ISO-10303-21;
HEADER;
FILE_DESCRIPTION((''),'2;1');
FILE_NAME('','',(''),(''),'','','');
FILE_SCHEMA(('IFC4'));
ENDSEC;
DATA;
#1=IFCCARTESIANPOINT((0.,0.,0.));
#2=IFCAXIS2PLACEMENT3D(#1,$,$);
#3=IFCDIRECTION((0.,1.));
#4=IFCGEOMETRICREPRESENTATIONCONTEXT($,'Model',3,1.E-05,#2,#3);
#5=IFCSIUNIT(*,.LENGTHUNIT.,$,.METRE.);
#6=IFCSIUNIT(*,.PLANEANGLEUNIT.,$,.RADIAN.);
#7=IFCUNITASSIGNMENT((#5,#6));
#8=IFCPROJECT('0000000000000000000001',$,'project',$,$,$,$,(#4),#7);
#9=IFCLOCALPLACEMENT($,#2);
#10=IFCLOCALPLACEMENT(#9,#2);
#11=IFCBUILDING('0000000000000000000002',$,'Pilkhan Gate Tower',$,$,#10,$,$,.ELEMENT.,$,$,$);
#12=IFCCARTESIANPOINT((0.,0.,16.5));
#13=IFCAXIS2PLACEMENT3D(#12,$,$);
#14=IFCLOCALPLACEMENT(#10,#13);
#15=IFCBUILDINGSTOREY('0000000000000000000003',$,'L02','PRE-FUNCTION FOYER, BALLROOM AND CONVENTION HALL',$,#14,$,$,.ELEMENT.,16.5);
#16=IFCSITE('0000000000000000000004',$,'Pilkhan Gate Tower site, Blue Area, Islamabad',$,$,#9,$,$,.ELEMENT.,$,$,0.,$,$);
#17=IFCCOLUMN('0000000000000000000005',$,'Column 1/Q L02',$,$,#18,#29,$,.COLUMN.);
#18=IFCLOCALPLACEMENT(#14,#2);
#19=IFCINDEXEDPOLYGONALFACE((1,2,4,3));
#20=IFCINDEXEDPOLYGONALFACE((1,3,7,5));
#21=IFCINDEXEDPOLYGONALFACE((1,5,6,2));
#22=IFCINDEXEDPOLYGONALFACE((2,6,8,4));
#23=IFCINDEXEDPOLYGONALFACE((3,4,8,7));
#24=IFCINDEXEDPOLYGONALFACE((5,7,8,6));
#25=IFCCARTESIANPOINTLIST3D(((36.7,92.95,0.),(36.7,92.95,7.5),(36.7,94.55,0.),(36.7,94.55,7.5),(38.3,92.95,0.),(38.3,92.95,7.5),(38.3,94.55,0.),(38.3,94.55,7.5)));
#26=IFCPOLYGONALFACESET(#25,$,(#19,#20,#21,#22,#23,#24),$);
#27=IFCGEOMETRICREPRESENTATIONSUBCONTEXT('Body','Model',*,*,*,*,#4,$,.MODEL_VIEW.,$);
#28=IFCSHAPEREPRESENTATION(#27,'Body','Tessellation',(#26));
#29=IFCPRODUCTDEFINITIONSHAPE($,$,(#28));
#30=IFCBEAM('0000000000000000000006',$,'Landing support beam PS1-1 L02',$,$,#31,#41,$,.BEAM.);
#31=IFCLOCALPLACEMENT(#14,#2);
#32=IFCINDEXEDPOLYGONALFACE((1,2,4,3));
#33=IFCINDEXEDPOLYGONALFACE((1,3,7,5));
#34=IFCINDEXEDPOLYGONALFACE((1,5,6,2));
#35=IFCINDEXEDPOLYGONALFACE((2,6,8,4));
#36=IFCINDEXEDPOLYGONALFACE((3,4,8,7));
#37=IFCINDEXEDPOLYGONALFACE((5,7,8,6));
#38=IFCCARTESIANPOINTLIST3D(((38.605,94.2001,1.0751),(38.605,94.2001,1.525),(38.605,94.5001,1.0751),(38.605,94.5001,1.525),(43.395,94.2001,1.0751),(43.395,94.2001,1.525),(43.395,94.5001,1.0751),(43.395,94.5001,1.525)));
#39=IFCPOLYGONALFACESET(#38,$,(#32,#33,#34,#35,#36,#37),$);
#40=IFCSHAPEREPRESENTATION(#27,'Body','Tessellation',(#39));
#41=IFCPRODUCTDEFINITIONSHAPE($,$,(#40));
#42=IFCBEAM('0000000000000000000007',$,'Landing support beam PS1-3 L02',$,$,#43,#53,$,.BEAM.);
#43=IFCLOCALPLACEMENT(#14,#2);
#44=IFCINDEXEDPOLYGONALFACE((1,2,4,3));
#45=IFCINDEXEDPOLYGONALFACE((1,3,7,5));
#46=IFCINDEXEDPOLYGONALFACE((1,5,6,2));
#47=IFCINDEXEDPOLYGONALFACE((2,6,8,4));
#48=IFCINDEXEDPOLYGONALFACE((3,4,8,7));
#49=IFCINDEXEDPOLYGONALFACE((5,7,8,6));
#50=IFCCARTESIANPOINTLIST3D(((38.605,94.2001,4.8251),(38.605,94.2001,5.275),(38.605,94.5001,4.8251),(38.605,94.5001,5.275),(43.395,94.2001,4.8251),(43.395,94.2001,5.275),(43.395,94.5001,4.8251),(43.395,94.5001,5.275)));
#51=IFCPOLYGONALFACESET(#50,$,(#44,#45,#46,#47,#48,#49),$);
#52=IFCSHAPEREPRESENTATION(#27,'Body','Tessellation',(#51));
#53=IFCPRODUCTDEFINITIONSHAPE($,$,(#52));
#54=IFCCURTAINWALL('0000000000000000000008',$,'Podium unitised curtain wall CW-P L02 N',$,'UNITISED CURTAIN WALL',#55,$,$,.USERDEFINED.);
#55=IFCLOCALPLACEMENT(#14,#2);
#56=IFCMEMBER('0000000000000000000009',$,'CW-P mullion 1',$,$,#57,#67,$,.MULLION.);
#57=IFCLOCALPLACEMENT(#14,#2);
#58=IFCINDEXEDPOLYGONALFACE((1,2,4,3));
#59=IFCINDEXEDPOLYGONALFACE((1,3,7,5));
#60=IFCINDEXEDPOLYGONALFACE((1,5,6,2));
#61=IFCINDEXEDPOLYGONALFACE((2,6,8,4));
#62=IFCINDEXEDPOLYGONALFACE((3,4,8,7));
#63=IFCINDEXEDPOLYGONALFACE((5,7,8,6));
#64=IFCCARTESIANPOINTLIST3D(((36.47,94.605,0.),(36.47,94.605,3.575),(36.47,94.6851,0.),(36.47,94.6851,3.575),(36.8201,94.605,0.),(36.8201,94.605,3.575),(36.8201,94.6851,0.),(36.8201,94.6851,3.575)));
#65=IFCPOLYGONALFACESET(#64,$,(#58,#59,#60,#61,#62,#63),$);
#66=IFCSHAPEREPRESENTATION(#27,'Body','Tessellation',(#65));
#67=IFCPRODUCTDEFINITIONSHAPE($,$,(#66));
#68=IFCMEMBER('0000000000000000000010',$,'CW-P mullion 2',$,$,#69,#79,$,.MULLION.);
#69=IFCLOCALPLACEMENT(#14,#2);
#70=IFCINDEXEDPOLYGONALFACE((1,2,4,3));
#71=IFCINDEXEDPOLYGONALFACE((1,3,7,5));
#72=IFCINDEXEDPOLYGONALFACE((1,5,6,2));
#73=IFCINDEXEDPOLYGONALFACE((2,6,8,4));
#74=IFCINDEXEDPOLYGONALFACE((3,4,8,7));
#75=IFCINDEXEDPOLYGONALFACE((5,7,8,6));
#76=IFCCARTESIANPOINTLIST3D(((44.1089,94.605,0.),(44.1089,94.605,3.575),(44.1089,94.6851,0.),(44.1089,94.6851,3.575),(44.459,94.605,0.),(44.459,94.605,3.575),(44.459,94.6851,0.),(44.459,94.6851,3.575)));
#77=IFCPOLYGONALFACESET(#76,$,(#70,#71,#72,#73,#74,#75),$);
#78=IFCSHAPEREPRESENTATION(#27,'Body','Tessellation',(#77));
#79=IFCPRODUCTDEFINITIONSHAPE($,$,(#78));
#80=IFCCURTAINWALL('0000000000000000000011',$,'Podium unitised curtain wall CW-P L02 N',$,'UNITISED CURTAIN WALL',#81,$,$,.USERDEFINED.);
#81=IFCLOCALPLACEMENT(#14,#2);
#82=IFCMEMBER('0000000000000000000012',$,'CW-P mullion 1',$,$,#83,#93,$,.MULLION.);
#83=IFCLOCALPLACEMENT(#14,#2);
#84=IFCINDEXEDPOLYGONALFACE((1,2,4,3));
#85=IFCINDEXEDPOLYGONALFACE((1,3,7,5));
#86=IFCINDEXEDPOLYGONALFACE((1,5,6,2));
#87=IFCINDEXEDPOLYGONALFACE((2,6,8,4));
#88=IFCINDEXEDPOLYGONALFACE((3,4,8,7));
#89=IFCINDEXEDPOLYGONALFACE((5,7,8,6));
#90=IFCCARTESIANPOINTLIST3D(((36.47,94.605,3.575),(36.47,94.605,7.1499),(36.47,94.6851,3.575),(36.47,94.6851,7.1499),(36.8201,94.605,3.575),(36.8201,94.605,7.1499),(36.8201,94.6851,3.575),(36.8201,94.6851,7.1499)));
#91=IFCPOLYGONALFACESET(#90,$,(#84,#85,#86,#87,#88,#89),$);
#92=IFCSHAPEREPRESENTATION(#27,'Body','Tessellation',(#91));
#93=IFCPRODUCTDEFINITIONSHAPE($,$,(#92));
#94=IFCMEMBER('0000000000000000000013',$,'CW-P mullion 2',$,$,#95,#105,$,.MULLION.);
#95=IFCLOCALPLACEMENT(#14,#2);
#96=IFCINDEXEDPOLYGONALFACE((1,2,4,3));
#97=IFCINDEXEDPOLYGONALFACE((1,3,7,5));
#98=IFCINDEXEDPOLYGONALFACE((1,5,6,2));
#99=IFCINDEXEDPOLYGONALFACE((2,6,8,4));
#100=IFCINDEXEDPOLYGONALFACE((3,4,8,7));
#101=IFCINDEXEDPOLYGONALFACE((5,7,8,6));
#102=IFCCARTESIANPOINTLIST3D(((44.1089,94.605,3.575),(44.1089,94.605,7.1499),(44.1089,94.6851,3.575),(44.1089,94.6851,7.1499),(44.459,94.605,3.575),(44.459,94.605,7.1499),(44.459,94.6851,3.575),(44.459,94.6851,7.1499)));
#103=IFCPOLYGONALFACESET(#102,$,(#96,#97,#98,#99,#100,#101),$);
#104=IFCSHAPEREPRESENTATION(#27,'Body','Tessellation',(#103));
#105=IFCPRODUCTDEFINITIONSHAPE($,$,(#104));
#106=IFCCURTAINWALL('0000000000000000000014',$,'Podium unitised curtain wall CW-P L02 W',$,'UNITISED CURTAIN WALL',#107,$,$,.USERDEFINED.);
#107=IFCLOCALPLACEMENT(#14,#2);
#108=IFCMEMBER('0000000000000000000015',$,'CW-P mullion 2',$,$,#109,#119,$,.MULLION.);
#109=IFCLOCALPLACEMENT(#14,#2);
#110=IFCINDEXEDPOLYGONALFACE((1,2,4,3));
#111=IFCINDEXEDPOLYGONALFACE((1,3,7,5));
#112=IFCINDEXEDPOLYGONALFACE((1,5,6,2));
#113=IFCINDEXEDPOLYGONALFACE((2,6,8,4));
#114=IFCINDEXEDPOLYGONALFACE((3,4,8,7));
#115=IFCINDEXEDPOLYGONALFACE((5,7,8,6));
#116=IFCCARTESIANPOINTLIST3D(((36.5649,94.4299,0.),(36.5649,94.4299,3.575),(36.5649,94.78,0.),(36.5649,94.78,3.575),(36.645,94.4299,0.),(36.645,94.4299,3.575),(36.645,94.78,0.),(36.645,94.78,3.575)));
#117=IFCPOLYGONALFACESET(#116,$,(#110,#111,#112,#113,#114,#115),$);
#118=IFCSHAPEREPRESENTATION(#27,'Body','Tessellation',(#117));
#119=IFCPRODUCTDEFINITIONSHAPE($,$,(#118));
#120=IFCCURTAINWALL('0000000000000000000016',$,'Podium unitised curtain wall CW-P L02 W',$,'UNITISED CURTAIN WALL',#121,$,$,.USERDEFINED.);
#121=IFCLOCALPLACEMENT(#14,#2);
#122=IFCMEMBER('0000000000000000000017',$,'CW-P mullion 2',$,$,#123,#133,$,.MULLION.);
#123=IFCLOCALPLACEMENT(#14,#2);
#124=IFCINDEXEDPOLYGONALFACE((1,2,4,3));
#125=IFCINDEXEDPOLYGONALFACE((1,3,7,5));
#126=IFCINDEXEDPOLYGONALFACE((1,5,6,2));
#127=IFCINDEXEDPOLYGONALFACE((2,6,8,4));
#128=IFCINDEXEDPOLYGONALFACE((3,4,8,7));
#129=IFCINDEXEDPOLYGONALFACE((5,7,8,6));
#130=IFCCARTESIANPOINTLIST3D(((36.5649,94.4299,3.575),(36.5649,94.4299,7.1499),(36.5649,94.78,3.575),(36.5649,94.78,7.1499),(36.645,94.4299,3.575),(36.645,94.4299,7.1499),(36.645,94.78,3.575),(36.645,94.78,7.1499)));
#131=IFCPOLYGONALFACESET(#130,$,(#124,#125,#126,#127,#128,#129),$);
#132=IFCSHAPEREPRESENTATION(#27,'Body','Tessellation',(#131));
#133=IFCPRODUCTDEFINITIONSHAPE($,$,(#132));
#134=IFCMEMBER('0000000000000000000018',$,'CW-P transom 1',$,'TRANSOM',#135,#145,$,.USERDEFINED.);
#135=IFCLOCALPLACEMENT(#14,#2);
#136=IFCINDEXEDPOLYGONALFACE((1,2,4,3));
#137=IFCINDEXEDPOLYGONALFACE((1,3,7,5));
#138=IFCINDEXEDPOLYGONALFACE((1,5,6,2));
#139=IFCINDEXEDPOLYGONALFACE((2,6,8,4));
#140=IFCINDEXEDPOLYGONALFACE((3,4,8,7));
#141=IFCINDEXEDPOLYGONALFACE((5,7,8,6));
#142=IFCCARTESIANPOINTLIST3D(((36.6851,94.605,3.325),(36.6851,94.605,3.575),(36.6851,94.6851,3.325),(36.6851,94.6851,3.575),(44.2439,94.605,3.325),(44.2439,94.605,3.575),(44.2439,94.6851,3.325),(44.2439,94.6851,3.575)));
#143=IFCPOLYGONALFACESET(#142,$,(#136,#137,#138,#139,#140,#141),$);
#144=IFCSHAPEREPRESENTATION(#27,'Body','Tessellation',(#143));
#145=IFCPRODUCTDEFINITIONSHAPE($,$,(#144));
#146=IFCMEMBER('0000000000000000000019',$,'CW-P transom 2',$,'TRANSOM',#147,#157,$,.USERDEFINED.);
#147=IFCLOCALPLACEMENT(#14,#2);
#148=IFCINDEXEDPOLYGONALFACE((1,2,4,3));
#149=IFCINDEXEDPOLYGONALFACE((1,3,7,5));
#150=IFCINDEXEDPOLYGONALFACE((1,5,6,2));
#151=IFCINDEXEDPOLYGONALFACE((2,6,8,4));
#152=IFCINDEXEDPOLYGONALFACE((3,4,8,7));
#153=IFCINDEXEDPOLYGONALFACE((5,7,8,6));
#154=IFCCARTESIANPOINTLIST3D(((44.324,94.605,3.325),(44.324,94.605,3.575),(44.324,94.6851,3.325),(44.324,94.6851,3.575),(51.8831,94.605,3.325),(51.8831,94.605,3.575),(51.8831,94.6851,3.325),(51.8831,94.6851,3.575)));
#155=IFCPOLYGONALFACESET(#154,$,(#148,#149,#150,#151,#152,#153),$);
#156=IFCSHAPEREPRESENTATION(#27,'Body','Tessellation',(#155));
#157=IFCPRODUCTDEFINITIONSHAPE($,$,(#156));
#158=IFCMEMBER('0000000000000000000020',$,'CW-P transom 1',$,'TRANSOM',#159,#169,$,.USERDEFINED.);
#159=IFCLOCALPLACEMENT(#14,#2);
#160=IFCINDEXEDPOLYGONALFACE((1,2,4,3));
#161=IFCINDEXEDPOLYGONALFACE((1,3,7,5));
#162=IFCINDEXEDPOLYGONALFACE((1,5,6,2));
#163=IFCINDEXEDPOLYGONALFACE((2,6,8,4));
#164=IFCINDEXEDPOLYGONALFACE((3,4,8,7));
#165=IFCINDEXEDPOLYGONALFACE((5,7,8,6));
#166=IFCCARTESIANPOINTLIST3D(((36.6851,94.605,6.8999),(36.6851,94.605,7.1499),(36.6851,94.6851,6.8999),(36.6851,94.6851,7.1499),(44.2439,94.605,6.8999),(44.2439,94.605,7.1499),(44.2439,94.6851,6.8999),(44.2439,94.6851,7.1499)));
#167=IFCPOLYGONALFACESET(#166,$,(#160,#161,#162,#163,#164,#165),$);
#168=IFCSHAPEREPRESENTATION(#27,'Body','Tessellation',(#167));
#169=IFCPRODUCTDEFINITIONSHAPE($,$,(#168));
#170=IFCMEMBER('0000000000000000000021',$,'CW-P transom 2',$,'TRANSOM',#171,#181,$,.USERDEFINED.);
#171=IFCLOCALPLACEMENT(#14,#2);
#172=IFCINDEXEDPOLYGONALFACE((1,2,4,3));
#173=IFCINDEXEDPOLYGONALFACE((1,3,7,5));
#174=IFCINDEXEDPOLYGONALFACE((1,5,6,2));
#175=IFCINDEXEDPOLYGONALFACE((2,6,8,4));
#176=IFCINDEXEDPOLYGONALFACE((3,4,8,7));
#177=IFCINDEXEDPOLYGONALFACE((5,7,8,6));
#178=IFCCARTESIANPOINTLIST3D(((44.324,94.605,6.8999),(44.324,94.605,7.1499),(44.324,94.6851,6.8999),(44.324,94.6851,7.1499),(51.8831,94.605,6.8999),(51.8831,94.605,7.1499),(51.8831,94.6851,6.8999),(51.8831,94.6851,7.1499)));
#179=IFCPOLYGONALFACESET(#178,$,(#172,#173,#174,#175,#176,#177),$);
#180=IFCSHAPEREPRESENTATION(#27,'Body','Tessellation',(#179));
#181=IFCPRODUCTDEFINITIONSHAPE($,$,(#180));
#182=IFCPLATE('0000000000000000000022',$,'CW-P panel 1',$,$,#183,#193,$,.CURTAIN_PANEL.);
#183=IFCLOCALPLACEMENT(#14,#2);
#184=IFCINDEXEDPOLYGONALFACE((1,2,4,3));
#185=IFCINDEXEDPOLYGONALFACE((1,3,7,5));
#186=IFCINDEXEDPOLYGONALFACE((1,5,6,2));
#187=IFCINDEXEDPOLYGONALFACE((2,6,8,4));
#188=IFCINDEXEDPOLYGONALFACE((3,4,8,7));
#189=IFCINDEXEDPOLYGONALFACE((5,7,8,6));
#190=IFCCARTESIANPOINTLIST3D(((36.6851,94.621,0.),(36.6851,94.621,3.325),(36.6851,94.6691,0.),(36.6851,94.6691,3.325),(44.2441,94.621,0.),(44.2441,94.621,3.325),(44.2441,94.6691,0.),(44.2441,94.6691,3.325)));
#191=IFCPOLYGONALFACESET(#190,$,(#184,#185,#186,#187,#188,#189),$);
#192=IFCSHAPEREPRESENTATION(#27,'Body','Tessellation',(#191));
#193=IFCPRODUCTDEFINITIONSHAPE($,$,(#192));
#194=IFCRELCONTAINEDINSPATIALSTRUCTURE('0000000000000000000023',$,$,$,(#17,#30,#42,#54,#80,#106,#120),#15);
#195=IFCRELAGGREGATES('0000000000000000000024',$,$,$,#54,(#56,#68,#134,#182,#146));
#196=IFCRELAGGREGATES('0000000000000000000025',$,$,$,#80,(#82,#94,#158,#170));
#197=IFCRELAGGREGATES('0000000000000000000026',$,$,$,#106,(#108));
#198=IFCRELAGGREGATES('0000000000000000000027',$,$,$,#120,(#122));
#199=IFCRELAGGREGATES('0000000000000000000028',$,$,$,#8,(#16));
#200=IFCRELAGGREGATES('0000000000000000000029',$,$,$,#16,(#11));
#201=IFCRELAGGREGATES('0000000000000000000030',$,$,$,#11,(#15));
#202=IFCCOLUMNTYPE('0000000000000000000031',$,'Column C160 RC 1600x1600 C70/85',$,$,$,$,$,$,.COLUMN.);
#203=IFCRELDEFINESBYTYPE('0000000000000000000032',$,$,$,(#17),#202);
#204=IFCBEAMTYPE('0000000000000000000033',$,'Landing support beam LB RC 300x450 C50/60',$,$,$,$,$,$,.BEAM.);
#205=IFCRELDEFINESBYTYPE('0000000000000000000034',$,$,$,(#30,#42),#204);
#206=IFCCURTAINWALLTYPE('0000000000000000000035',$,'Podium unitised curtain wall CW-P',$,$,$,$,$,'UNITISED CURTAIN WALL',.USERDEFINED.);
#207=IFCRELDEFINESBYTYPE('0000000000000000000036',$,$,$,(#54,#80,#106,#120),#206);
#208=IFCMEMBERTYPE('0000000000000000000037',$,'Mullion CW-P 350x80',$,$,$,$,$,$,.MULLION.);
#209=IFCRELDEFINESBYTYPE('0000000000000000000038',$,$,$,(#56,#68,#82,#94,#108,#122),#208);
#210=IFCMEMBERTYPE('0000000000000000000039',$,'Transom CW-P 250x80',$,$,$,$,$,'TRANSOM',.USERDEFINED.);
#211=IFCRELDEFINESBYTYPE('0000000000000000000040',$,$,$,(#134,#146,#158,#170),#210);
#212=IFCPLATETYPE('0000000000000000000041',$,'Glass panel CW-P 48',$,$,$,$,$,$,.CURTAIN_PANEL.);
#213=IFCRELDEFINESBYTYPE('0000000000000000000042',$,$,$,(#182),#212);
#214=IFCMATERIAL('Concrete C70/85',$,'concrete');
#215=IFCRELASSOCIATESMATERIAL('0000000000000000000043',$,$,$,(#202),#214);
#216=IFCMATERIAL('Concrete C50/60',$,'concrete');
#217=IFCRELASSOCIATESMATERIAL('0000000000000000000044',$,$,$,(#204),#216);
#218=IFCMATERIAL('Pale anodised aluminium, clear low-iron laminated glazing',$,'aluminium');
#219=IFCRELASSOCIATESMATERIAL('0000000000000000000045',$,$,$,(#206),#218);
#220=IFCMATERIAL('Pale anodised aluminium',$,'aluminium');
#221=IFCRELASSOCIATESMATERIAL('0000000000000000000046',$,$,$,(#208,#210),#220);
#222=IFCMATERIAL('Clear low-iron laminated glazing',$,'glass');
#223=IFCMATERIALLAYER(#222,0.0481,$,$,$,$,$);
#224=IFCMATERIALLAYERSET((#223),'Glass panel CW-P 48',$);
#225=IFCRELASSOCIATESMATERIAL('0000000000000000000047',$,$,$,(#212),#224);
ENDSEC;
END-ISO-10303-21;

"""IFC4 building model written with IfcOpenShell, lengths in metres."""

from ifc_helpers import new_model, si_unit, direction, frame, origin, origin_2d, place, context, subcontext, project, spatial, rectangle, extrude, material, layer, layer_set, material_profile, profile_set, type_object, element, aggregate, save


model = new_model("IFC4")

# Units and contexts
model_context = context("Model", 3, precision=1e-05, world=origin(), true_north=direction((0.0, 1.0)))
body_context = subcontext(model_context, "Body", "Model", "MODEL_VIEW")
ifc_project = project(units=[si_unit("LENGTHUNIT", "METRE"), si_unit("PLANEANGLEUNIT", "RADIAN")], contexts=[model_context])

# Site, building, storey
site_placement = place(None, origin())
site = spatial("IfcSite", under=ifc_project, at=site_placement, Name="Pilkhan Gate Tower site, Blue Area, Islamabad", CompositionType="ELEMENT", RefElevation=0.0)
building_placement = place(site_placement, origin())
building = spatial("IfcBuilding", under=site, at=building_placement, Name="Pilkhan Gate Tower", CompositionType="ELEMENT")
storey_placement = place(building_placement, frame((0.0, 0.0, 16.5)))
storey = spatial("IfcBuildingStorey", under=building, at=storey_placement, Name="L02", Description="PRE-FUNCTION FOYER, BALLROOM AND CONVENTION HALL", CompositionType="ELEMENT", Elevation=16.5)

# Column
ifc_material_1 = material(Name="Concrete C70/85", Category="concrete")
ifc_material_profile_1 = material_profile(ifc_material_1, rectangle(XDim=1.6001, YDim=1.6001, at=origin_2d()), Name="RC 1600x1600")
ifc_profile_set_1 = profile_set([ifc_material_profile_1], Name="Concrete C70/85")
column_type = type_object("IfcColumnType", Name="Column C160 RC 1600x1600 C70/85", PredefinedType="COLUMN", material=ifc_profile_set_1)
column_placement = place(storey_placement, frame((37.5, 93.75, 0.0), z_axis=(0.0, 0.0, 1.0), x_axis=(1.0, 0.0, 0.0)))
element("IfcColumn", 1, at=column_placement, inside=storey, type_object=column_type, Name="Column 1/Q L02", PredefinedType="COLUMN", context=body_context, shape_type="SweptSolid", body=[
    extrude(rectangle(XDim=1.6001, YDim=1.6001, at=origin_2d()), origin(), (0.0, 0.0, 1.0), 7.5),
])

# Beams
ifc_material_2 = material(Name="Concrete C50/60", Category="concrete")
ifc_material_profile_2 = material_profile(ifc_material_2, rectangle(XDim=0.3, YDim=0.45, at=origin_2d()), Name="RC 300x450")
ifc_profile_set_2 = profile_set([ifc_material_profile_2], Name="Concrete C50/60")
beam_type = type_object("IfcBeamType", Name="Landing support beam LB RC 300x450 C50/60", PredefinedType="BEAM", material=ifc_profile_set_2)
for number, where, z_axis, x_axis, name in (
    (2, (38.605, 94.3501, 1.3), (1.0, 0.0, 0.0), (0.0, 1.0, 0.0), "Landing support beam PS1-1 L02"),
    (3, (38.605, 94.3501, 5.05), (1.0, 0.0, 0.0), (0.0, 1.0, 0.0), "Landing support beam PS1-3 L02"),
):
    element("IfcBeam", number, at=place(storey_placement, frame(where, z_axis=z_axis, x_axis=x_axis)), inside=storey, type_object=beam_type, Name=name, PredefinedType="BEAM", context=body_context, shape_type="SweptSolid", body=[
        extrude(rectangle(XDim=0.3, YDim=0.45, at=origin_2d()), origin(), (0.0, 0.0, 1.0), 4.79),
    ])

# Curtain walls, members
ifc_material_3 = material(Name="Pale anodised aluminium, clear low-iron laminated glazing", Category="aluminium")
curtain_wall_type = type_object("IfcCurtainWallType", Name="Podium unitised curtain wall CW-P", ElementType="UNITISED CURTAIN WALL", PredefinedType="USERDEFINED", material=ifc_material_3)
curtain_wall_1_placement = place(storey_placement, origin())
curtain_wall_1 = element("IfcCurtainWall", 4, at=curtain_wall_1_placement, inside=storey, type_object=curtain_wall_type, Name="Podium unitised curtain wall CW-P L02 N", ObjectType="UNITISED CURTAIN WALL", PredefinedType="USERDEFINED")
ifc_material_4 = material(Name="Pale anodised aluminium", Category="aluminium")
ifc_material_profile_3 = material_profile(ifc_material_4, rectangle(XDim=0.0801, YDim=0.3501, at=origin_2d()), Name="Mullion 350x80")
ifc_profile_set_3 = profile_set([ifc_material_profile_3], Name="Pale anodised aluminium")
member_type_1 = type_object("IfcMemberType", Name="Mullion CW-P 350x80", PredefinedType="MULLION", material=ifc_profile_set_3)
member_1_placement = place(storey_placement, frame((36.645, 94.645, 0.0), z_axis=(0.0, 0.0, 1.0), x_axis=(0.0, 1.0, 0.0)))
member_1 = element("IfcMember", 5, at=member_1_placement, type_object=member_type_1, Name="CW-P mullion 1", PredefinedType="MULLION", context=body_context, shape_type="SweptSolid", body=[
    extrude(rectangle(XDim=0.0801, YDim=0.3501, at=origin_2d()), origin(), (0.0, 0.0, 1.0), 3.575),
])
member_2_placement = place(storey_placement, frame((44.2839, 94.645, 0.0), z_axis=(0.0, 0.0, 1.0), x_axis=(0.0, 1.0, 0.0)))
member_2 = element("IfcMember", 6, at=member_2_placement, type_object=member_type_1, Name="CW-P mullion 2", PredefinedType="MULLION", context=body_context, shape_type="SweptSolid", body=[
    extrude(rectangle(XDim=0.0801, YDim=0.3501, at=origin_2d()), origin(), (0.0, 0.0, 1.0), 3.575),
])
curtain_wall_2_placement = place(storey_placement, origin())
curtain_wall_2 = element("IfcCurtainWall", 7, at=curtain_wall_2_placement, inside=storey, type_object=curtain_wall_type, Name="Podium unitised curtain wall CW-P L02 N", ObjectType="UNITISED CURTAIN WALL", PredefinedType="USERDEFINED")
member_3_placement = place(storey_placement, frame((36.645, 94.645, 3.575), z_axis=(0.0, 0.0, 1.0), x_axis=(0.0, 1.0, 0.0)))
member_3 = element("IfcMember", 8, at=member_3_placement, type_object=member_type_1, Name="CW-P mullion 1", PredefinedType="MULLION", context=body_context, shape_type="SweptSolid", body=[
    extrude(rectangle(XDim=0.0801, YDim=0.3501, at=origin_2d()), origin(), (0.0, 0.0, 1.0), 3.575),
])
member_4_placement = place(storey_placement, frame((44.2839, 94.645, 3.575), z_axis=(0.0, 0.0, 1.0), x_axis=(0.0, 1.0, 0.0)))
member_4 = element("IfcMember", 9, at=member_4_placement, type_object=member_type_1, Name="CW-P mullion 2", PredefinedType="MULLION", context=body_context, shape_type="SweptSolid", body=[
    extrude(rectangle(XDim=0.0801, YDim=0.3501, at=origin_2d()), origin(), (0.0, 0.0, 1.0), 3.575),
])

# Curtain walls, members
curtain_wall_3_placement = place(storey_placement, origin())
curtain_wall_3 = element("IfcCurtainWall", 10, at=curtain_wall_3_placement, inside=storey, type_object=curtain_wall_type, Name="Podium unitised curtain wall CW-P L02 W", ObjectType="UNITISED CURTAIN WALL", PredefinedType="USERDEFINED")
member_5_placement = place(storey_placement, frame((36.605, 94.605, 0.0), z_axis=(0.0, 0.0, 1.0), x_axis=(-1.0, 0.0, 0.0)))
member_5 = element("IfcMember", 11, at=member_5_placement, type_object=member_type_1, Name="CW-P mullion 2", PredefinedType="MULLION", context=body_context, shape_type="SweptSolid", body=[
    extrude(rectangle(XDim=0.0801, YDim=0.3501, at=origin_2d()), origin(), (0.0, 0.0, 1.0), 3.575),
])
curtain_wall_4_placement = place(storey_placement, origin())
curtain_wall_4 = element("IfcCurtainWall", 12, at=curtain_wall_4_placement, inside=storey, type_object=curtain_wall_type, Name="Podium unitised curtain wall CW-P L02 W", ObjectType="UNITISED CURTAIN WALL", PredefinedType="USERDEFINED")
member_6_placement = place(storey_placement, frame((36.605, 94.605, 3.575), z_axis=(0.0, 0.0, 1.0), x_axis=(-1.0, 0.0, 0.0)))
member_6 = element("IfcMember", 13, at=member_6_placement, type_object=member_type_1, Name="CW-P mullion 2", PredefinedType="MULLION", context=body_context, shape_type="SweptSolid", body=[
    extrude(rectangle(XDim=0.0801, YDim=0.3501, at=origin_2d()), origin(), (0.0, 0.0, 1.0), 3.575),
])

# Members
ifc_material_profile_4 = material_profile(ifc_material_4, rectangle(XDim=0.0801, YDim=0.25, at=origin_2d()), Name="Transom 250x80")
ifc_profile_set_4 = profile_set([ifc_material_profile_4], Name="Pale anodised aluminium")
member_type_2 = type_object("IfcMemberType", Name="Transom CW-P 250x80", ElementType="TRANSOM", PredefinedType="USERDEFINED", material=ifc_profile_set_4)
member_7_placement = place(storey_placement, frame((36.6851, 94.645, 3.45), z_axis=(1.0, 0.0, 0.0), x_axis=(0.0, 1.0, 0.0)))
member_7 = element("IfcMember", 14, at=member_7_placement, type_object=member_type_2, Name="CW-P transom 1", ObjectType="TRANSOM", PredefinedType="USERDEFINED", context=body_context, shape_type="SweptSolid", body=[
    extrude(rectangle(XDim=0.0801, YDim=0.25, at=origin_2d()), origin(), (0.0, 0.0, 1.0), 7.5588),
])
member_8_placement = place(storey_placement, frame((44.324, 94.645, 3.45), z_axis=(1.0, 0.0, 0.0), x_axis=(0.0, 1.0, 0.0)))
member_8 = element("IfcMember", 15, at=member_8_placement, type_object=member_type_2, Name="CW-P transom 2", ObjectType="TRANSOM", PredefinedType="USERDEFINED", context=body_context, shape_type="SweptSolid", body=[
    extrude(rectangle(XDim=0.0801, YDim=0.25, at=origin_2d()), origin(), (0.0, 0.0, 1.0), 7.5591),
])
member_9_placement = place(storey_placement, frame((36.6851, 94.645, 7.0249), z_axis=(1.0, 0.0, 0.0), x_axis=(0.0, 1.0, 0.0)))
member_9 = element("IfcMember", 16, at=member_9_placement, type_object=member_type_2, Name="CW-P transom 1", ObjectType="TRANSOM", PredefinedType="USERDEFINED", context=body_context, shape_type="SweptSolid", body=[
    extrude(rectangle(XDim=0.0801, YDim=0.25, at=origin_2d()), origin(), (0.0, 0.0, 1.0), 7.5588),
])
member_10_placement = place(storey_placement, frame((44.324, 94.645, 7.0249), z_axis=(1.0, 0.0, 0.0), x_axis=(0.0, 1.0, 0.0)))
member_10 = element("IfcMember", 17, at=member_10_placement, type_object=member_type_2, Name="CW-P transom 2", ObjectType="TRANSOM", PredefinedType="USERDEFINED", context=body_context, shape_type="SweptSolid", body=[
    extrude(rectangle(XDim=0.0801, YDim=0.25, at=origin_2d()), origin(), (0.0, 0.0, 1.0), 7.5591),
])

# Plate
ifc_material_5 = material(Name="Clear low-iron laminated glazing", Category="glass")
ifc_layer_1 = layer(ifc_material_5, 0.0481)
ifc_layer_set_1 = layer_set([ifc_layer_1], Name="Glass panel CW-P 48")
plate_type = type_object("IfcPlateType", Name="Glass panel CW-P 48", PredefinedType="CURTAIN_PANEL", material=ifc_layer_set_1)
plate_1_placement = place(storey_placement, frame((40.4646, 94.645, 0.0), z_axis=(0.0, 0.0, 1.0), x_axis=(1.0, 0.0, 0.0)))
plate_1 = element("IfcPlate", 18, at=plate_1_placement, type_object=plate_type, Name="CW-P panel 1", PredefinedType="CURTAIN_PANEL", context=body_context, shape_type="SweptSolid", body=[
    extrude(rectangle(XDim=7.5591, YDim=0.0481, at=origin_2d()), origin(), (0.0, 0.0, 1.0), 3.325),
])
aggregate(curtain_wall_1, [member_1, member_2, member_7, plate_1, member_8])
aggregate(curtain_wall_2, [member_3, member_4, member_9, member_10])
aggregate(curtain_wall_3, [member_5])
aggregate(curtain_wall_4, [member_6])

save(model, "model.ifc")
